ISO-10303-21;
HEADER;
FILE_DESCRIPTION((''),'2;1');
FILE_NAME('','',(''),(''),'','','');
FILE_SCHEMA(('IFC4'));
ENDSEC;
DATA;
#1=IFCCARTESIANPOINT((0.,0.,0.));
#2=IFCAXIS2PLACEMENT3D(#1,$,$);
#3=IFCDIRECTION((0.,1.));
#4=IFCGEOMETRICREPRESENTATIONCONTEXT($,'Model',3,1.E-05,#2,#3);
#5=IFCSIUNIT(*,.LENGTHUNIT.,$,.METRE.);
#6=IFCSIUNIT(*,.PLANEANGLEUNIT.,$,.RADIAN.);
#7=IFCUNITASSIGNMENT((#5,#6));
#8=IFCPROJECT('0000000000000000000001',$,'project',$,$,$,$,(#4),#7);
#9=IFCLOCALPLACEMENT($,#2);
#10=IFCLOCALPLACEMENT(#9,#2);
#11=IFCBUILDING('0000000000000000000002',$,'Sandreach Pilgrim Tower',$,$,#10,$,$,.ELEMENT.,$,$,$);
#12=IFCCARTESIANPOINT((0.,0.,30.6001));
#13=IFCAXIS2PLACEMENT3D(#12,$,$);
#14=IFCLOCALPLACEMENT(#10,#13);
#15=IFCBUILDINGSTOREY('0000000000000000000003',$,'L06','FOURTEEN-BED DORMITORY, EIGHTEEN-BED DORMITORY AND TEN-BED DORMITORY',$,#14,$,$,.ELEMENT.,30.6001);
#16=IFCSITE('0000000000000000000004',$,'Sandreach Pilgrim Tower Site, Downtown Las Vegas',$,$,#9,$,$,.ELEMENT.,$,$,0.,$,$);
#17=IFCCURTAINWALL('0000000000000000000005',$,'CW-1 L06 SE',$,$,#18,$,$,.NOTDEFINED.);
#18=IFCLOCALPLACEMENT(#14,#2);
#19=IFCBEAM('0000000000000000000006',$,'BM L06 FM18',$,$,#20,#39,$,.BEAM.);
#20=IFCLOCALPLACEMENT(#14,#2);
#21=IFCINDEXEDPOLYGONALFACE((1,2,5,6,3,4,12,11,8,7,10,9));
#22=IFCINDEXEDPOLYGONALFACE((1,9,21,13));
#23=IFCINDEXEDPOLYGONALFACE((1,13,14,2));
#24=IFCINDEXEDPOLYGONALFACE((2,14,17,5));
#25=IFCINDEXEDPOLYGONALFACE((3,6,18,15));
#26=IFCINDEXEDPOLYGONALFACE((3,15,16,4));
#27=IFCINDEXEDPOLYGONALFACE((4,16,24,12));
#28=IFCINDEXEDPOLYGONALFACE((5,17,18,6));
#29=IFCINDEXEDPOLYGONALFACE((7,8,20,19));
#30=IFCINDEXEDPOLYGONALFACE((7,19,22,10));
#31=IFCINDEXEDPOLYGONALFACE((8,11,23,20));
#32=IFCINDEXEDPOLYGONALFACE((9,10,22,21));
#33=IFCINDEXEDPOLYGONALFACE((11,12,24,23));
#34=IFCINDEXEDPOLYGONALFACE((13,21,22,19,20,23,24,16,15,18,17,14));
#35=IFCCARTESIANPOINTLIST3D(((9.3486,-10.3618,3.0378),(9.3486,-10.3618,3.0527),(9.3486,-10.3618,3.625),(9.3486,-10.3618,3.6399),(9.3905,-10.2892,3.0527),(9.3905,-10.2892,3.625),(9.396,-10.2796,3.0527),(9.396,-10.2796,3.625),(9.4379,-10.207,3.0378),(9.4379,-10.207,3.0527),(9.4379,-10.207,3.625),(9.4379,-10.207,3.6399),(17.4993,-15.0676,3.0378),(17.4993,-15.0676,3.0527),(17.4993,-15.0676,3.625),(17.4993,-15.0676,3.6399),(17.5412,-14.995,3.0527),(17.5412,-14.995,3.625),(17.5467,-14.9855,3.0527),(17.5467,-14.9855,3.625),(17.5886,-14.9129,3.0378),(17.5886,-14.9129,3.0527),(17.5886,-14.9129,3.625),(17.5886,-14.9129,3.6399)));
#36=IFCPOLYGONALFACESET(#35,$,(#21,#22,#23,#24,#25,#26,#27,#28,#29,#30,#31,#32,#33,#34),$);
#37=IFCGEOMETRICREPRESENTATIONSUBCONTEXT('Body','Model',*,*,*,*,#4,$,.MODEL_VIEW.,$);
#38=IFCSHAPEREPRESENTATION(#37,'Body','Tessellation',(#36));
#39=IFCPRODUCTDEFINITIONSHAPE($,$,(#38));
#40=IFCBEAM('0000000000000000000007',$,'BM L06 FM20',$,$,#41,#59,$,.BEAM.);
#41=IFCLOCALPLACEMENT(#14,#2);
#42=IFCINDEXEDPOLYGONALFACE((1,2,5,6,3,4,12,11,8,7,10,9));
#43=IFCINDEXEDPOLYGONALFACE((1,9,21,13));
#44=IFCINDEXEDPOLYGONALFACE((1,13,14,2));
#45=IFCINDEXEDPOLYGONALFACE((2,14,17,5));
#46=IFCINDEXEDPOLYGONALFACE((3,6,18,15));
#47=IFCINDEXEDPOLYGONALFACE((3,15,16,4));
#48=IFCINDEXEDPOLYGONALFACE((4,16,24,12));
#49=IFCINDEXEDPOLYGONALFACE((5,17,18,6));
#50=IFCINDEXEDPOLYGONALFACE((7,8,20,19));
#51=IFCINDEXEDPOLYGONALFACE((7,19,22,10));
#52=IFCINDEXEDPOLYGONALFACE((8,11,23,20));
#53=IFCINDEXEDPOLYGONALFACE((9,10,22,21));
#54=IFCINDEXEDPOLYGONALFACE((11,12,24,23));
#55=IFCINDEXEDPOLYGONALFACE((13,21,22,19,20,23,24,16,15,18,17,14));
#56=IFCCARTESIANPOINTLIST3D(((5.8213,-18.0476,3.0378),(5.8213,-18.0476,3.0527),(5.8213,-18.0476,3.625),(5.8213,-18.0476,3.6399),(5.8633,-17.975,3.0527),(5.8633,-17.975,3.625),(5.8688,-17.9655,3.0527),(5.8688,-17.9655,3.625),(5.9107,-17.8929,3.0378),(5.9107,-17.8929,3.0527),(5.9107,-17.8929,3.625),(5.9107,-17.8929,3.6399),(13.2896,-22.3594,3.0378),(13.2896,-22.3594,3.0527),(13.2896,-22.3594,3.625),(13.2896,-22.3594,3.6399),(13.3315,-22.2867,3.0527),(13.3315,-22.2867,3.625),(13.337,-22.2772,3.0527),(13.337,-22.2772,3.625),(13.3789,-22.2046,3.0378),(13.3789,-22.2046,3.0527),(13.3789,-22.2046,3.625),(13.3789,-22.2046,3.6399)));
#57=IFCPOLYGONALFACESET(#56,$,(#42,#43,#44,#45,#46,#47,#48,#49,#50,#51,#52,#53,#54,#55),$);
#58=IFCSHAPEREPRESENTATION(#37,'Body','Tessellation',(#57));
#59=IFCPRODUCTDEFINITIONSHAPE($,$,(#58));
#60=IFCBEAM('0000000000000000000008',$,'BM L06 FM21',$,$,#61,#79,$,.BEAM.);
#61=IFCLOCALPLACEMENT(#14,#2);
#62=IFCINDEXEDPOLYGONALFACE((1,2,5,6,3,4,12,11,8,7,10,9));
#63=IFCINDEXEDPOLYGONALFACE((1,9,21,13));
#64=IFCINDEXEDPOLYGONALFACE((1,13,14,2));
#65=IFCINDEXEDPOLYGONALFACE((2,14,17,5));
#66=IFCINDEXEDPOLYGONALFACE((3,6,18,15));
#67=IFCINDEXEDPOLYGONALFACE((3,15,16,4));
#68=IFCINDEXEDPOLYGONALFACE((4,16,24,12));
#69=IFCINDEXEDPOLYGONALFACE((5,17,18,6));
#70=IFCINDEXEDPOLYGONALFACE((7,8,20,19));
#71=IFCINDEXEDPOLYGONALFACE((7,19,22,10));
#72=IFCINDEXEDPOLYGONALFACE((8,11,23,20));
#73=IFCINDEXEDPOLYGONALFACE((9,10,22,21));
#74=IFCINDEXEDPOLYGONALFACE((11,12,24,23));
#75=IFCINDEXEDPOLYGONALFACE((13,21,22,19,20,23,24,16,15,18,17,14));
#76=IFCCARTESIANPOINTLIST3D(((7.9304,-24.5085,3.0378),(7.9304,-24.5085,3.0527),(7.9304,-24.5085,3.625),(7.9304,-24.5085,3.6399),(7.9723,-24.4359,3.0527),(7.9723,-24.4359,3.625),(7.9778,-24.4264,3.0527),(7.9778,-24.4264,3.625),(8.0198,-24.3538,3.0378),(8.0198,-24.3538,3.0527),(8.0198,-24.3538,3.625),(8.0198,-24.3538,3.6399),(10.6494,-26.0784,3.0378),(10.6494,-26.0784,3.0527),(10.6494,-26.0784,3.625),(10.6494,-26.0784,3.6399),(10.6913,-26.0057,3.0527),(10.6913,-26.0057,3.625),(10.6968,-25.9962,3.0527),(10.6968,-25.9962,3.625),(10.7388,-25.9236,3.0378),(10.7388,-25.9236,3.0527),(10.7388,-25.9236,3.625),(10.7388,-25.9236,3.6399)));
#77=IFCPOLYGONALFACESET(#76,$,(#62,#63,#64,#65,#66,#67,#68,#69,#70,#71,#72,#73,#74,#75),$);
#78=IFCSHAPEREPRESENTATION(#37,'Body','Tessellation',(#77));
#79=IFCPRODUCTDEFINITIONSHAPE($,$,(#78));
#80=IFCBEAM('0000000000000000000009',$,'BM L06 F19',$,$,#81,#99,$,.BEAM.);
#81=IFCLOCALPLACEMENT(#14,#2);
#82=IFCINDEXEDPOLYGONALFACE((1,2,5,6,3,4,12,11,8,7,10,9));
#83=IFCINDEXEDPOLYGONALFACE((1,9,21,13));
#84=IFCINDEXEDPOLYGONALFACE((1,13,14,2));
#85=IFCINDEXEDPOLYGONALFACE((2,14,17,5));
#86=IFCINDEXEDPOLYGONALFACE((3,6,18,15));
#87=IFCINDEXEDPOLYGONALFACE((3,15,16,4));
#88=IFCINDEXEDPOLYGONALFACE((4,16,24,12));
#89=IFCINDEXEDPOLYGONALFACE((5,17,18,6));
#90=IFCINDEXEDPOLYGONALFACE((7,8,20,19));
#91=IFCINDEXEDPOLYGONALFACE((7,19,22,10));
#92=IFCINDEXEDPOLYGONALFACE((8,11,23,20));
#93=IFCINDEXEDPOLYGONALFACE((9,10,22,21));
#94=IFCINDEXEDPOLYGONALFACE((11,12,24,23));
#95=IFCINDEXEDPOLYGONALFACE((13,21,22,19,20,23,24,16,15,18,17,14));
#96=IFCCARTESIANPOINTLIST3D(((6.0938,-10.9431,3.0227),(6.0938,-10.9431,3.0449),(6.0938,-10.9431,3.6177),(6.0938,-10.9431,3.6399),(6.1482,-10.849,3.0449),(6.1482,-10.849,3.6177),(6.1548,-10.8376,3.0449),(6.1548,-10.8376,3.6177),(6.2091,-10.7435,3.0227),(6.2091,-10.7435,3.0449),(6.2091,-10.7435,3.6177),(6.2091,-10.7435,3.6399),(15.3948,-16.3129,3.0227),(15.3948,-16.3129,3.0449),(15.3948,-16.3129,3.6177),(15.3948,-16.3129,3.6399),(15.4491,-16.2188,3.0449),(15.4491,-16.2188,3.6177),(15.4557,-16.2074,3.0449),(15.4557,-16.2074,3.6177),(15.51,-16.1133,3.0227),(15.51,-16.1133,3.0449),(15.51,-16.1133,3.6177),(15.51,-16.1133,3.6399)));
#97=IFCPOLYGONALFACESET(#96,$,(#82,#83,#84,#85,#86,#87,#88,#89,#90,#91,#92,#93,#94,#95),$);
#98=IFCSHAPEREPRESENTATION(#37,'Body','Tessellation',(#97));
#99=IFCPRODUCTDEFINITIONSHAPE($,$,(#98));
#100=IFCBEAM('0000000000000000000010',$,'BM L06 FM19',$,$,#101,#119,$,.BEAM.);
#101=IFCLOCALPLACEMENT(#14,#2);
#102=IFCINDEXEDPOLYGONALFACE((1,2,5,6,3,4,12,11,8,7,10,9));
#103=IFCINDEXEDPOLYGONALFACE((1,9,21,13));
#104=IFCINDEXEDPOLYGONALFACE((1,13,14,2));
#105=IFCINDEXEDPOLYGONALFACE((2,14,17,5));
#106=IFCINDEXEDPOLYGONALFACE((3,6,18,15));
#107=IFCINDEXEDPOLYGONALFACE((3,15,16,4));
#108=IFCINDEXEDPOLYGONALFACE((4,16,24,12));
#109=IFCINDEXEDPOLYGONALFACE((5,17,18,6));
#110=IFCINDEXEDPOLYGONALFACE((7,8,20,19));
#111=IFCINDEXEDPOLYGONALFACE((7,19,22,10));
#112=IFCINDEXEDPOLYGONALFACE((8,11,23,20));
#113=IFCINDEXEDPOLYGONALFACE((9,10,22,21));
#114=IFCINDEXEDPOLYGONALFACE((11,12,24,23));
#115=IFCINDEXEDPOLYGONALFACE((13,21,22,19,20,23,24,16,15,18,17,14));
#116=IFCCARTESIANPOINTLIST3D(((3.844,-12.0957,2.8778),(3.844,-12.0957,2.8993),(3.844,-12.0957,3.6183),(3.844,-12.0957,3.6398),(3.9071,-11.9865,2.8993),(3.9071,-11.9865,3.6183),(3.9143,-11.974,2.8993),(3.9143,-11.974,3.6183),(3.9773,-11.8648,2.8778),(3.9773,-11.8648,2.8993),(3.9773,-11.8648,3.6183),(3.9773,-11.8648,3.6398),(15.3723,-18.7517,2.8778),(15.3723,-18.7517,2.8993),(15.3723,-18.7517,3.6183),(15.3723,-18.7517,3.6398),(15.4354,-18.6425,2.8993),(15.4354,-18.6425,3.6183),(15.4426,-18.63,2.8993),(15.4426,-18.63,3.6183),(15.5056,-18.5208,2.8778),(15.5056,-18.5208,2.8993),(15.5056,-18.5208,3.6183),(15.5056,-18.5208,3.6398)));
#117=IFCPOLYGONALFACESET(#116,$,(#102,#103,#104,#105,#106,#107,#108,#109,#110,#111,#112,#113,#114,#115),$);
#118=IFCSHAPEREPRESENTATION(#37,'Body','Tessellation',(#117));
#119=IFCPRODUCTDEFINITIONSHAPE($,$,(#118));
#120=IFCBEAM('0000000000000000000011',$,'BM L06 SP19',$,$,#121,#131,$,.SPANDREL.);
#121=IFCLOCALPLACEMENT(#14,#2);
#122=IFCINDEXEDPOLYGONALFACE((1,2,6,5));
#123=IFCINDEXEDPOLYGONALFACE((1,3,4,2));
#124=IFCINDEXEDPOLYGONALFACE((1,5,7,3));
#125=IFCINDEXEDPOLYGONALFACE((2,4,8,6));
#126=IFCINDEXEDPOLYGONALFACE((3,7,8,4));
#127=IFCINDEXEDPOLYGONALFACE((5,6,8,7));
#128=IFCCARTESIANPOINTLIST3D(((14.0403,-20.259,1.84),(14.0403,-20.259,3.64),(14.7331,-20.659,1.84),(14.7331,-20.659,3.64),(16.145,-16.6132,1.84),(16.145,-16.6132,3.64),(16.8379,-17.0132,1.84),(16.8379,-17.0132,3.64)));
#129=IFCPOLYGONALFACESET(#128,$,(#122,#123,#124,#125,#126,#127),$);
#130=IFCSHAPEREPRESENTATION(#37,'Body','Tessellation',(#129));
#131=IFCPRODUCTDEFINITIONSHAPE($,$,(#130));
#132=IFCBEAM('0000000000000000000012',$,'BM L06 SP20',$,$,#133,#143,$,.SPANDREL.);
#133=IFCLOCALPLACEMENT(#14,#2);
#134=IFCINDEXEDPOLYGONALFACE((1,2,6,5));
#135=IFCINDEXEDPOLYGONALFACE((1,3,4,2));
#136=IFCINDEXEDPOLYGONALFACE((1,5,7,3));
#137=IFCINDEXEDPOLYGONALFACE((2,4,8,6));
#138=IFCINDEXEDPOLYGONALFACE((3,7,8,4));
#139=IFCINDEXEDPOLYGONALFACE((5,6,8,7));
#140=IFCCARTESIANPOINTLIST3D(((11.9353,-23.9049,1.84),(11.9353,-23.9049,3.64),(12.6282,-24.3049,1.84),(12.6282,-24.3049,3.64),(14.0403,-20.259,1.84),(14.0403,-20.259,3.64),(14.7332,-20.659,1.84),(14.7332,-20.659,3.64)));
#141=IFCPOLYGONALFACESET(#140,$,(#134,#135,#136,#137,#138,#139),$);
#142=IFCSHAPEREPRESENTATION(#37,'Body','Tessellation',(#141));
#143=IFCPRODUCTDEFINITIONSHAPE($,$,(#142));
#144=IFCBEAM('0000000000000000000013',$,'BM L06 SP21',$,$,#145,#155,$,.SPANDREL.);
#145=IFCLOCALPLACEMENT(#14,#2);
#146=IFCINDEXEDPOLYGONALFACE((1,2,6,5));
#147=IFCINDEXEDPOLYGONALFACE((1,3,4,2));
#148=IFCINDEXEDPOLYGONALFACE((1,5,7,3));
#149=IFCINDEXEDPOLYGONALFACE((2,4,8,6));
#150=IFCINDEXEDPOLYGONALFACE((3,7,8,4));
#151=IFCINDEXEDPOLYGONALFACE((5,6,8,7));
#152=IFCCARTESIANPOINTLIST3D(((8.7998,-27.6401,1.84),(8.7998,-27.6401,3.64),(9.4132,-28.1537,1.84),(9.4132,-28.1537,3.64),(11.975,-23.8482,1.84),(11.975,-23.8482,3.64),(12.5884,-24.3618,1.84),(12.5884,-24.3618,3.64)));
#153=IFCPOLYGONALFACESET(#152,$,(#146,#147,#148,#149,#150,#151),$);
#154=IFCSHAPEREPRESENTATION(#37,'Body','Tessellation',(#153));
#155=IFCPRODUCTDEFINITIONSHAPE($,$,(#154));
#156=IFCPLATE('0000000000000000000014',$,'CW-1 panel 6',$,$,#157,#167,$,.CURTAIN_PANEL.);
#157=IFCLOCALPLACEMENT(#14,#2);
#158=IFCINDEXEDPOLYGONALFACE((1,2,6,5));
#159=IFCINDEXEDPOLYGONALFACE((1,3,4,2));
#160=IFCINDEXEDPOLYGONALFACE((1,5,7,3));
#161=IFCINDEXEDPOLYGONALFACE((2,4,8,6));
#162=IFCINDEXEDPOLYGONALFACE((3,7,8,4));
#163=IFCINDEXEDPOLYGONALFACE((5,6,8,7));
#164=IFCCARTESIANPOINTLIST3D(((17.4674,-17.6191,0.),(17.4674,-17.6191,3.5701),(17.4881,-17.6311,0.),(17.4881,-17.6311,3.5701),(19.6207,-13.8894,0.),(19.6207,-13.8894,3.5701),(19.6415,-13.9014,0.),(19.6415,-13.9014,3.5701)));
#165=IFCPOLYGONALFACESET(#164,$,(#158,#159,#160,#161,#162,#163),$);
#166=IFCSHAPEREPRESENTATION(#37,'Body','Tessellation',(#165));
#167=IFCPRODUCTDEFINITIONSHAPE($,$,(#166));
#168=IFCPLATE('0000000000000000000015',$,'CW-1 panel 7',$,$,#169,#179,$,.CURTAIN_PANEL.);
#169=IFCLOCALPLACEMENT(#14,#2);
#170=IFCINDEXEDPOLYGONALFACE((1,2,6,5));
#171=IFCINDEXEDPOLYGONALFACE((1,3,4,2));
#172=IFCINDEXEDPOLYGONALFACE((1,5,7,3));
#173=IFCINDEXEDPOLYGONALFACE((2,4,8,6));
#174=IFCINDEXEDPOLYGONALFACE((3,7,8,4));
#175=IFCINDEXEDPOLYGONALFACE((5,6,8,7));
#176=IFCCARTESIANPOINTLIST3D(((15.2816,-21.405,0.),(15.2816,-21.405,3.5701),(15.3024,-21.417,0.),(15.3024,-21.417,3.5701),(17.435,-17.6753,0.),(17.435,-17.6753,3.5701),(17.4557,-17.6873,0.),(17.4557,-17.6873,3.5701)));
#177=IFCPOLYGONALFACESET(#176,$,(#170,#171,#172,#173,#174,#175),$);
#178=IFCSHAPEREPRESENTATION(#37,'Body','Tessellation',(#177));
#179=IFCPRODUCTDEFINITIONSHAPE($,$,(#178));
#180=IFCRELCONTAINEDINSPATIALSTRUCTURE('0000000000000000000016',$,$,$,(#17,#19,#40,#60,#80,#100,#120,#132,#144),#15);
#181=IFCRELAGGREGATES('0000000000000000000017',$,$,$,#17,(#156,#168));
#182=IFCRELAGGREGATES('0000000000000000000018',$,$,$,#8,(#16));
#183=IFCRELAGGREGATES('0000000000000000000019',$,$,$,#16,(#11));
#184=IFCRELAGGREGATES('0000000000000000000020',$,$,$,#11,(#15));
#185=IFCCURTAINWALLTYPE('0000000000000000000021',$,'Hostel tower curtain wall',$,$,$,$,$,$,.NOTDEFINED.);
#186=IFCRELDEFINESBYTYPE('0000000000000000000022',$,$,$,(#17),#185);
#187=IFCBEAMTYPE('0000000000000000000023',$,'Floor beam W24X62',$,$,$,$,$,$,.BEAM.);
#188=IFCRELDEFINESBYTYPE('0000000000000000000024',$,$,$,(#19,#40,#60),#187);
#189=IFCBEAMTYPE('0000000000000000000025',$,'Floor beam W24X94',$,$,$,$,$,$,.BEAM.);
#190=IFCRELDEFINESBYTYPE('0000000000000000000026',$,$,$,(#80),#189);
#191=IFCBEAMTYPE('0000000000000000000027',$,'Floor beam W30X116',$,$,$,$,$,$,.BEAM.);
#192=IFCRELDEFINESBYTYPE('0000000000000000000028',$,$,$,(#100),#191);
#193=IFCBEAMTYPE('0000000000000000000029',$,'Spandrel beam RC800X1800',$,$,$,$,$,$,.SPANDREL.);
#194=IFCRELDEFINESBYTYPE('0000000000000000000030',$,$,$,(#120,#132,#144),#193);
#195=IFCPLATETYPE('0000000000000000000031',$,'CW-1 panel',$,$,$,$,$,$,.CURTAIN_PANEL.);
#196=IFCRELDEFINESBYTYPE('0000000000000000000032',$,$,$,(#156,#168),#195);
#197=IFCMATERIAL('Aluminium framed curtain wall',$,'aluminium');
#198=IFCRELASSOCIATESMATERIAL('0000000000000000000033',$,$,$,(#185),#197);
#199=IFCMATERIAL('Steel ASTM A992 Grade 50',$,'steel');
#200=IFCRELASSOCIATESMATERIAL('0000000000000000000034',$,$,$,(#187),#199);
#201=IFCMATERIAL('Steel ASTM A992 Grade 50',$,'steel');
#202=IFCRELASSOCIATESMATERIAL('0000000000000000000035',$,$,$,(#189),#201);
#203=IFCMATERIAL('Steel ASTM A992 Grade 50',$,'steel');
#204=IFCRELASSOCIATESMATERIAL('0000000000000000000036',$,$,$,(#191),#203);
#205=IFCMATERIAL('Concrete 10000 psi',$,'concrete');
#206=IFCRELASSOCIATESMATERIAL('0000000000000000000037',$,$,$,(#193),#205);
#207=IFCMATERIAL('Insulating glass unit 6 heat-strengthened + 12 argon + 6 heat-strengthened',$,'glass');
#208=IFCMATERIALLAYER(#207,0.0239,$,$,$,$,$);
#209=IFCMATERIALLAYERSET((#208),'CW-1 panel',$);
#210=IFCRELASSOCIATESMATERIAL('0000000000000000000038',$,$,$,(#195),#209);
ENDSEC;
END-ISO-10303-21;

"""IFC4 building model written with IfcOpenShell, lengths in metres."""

from ifc_helpers import new_model, si_unit, direction, frame, origin, origin_2d, place, context, subcontext, project, spatial, rectangle, i_section, extrude, material, layer, layer_set, material_profile, profile_set, type_object, element, aggregate, save


model = new_model("IFC4")

# Units and contexts
model_context = context("Model", 3, precision=1e-05, world=origin(), true_north=direction((0.0, 1.0)))
body_context = subcontext(model_context, "Body", "Model", "MODEL_VIEW")
ifc_project = project(units=[si_unit("LENGTHUNIT", "METRE"), si_unit("PLANEANGLEUNIT", "RADIAN")], contexts=[model_context])

# Site, building, storey
site_placement = place(None, origin())
site = spatial("IfcSite", under=ifc_project, at=site_placement, Name="Sandreach Pilgrim Tower Site, Downtown Las Vegas", CompositionType="ELEMENT", RefElevation=0.0)
building_placement = place(site_placement, origin())
building = spatial("IfcBuilding", under=site, at=building_placement, Name="Sandreach Pilgrim Tower", CompositionType="ELEMENT")
storey_placement = place(building_placement, frame((0.0, 0.0, 30.6001)))
storey = spatial("IfcBuildingStorey", under=building, at=storey_placement, Name="L06", Description="FOURTEEN-BED DORMITORY, EIGHTEEN-BED DORMITORY AND TEN-BED DORMITORY", CompositionType="ELEMENT", Elevation=30.6001)

# Curtain wall
ifc_material_1 = material(Name="Aluminium framed curtain wall", Category="aluminium")
curtain_wall_type = type_object("IfcCurtainWallType", Name="Hostel tower curtain wall", PredefinedType="NOTDEFINED", material=ifc_material_1)
curtain_wall_1_placement = place(storey_placement, origin())
curtain_wall_1 = element("IfcCurtainWall", 1, at=curtain_wall_1_placement, inside=storey, type_object=curtain_wall_type, Name="CW-1 L06 SE", PredefinedType="NOTDEFINED")

# Beams
ifc_material_2 = material(Name="Steel ASTM A992 Grade 50", Category="steel")
ifc_material_profile_1 = material_profile(ifc_material_2, i_section(OverallWidth=0.1787, OverallDepth=0.6021, WebThickness=0.011, FlangeThickness=0.0149, at=origin_2d()), Name="W24X62")
ifc_profile_set_1 = profile_set([ifc_material_profile_1], Name="Steel ASTM A992 Grade 50")
beam_type_1 = type_object("IfcBeamType", Name="Floor beam W24X62", PredefinedType="BEAM", material=ifc_profile_set_1)
beam_1_placement = place(storey_placement, frame((17.5439, -14.9902, 3.3389), z_axis=(-0.866024, 0.500003, 0.0), x_axis=(-0.500003, -0.866024, 0.0)))
element("IfcBeam", 2, at=beam_1_placement, inside=storey, type_object=beam_type_1, Name="BM L06 FM18", PredefinedType="BEAM", context=body_context, shape_type="SweptSolid", body=[
    extrude(i_section(OverallWidth=0.1787, OverallDepth=0.6021, WebThickness=0.011, FlangeThickness=0.0149, at=origin_2d()), origin(), (0.0, 0.0, 1.0), 9.4116),
])
beam_2_placement = place(storey_placement, frame((13.3342, -22.282, 3.3389), z_axis=(-0.866027, 0.499997, 0.0), x_axis=(-0.499997, -0.866027, 0.0)))
element("IfcBeam", 3, at=beam_2_placement, inside=storey, type_object=beam_type_1, Name="BM L06 FM20", PredefinedType="BEAM", context=body_context, shape_type="SweptSolid", body=[
    extrude(i_section(OverallWidth=0.1787, OverallDepth=0.6021, WebThickness=0.011, FlangeThickness=0.0149, at=origin_2d()), origin(), (0.0, 0.0, 1.0), 8.6235),
])
beam_3_placement = place(storey_placement, frame((10.6941, -26.001, 3.3389), z_axis=(-0.866024, 0.500003, 0.0), x_axis=(-0.500003, -0.866024, 0.0)))
element("IfcBeam", 4, at=beam_3_placement, inside=storey, type_object=beam_type_1, Name="BM L06 FM21", PredefinedType="BEAM", context=body_context, shape_type="SweptSolid", body=[
    extrude(i_section(OverallWidth=0.1787, OverallDepth=0.6021, WebThickness=0.011, FlangeThickness=0.0149, at=origin_2d()), origin(), (0.0, 0.0, 1.0), 3.1396),
])
ifc_material_3 = material(Name="Steel ASTM A992 Grade 50", Category="steel")
ifc_material_profile_2 = material_profile(ifc_material_3, i_section(OverallWidth=0.2305, OverallDepth=0.6172, WebThickness=0.0132, FlangeThickness=0.0222, at=origin_2d()), Name="W24X94")
ifc_profile_set_2 = profile_set([ifc_material_profile_2], Name="Steel ASTM A992 Grade 50")
beam_type_2 = type_object("IfcBeamType", Name="Floor beam W24X94", PredefinedType="BEAM", material=ifc_profile_set_2)
beam_4_placement = place(storey_placement, frame((15.4524, -16.2131, 3.3313), z_axis=(-0.866028, 0.499995, 0.0), x_axis=(-0.499995, -0.866028, 0.0)))
element("IfcBeam", 5, at=beam_4_placement, inside=storey, type_object=beam_type_2, Name="BM L06 F19", PredefinedType="BEAM", context=body_context, shape_type="SweptSolid", body=[
    extrude(i_section(OverallWidth=0.2305, OverallDepth=0.6172, WebThickness=0.0132, FlangeThickness=0.0222, at=origin_2d()), origin(), (0.0, 0.0, 1.0), 10.7397),
])
ifc_material_4 = material(Name="Steel ASTM A992 Grade 50", Category="steel")
ifc_material_profile_3 = material_profile(ifc_material_4, i_section(OverallWidth=0.2666, OverallDepth=0.762, WebThickness=0.0144, FlangeThickness=0.0215, at=origin_2d()), Name="W30X116")
ifc_profile_set_3 = profile_set([ifc_material_profile_3], Name="Steel ASTM A992 Grade 50")
beam_type_3 = type_object("IfcBeamType", Name="Floor beam W30X116", PredefinedType="BEAM", material=ifc_profile_set_3)
beam_5_placement = place(storey_placement, frame((15.439, -18.6362, 3.2588), z_axis=(-0.866021, 0.500007, 0.0), x_axis=(-0.500007, -0.866021, 0.0)))
element("IfcBeam", 6, at=beam_5_placement, inside=storey, type_object=beam_type_3, Name="BM L06 FM19", PredefinedType="BEAM", context=body_context, shape_type="SweptSolid", body=[
    extrude(i_section(OverallWidth=0.2666, OverallDepth=0.762, WebThickness=0.0144, FlangeThickness=0.0215, at=origin_2d()), origin(), (0.0, 0.0, 1.0), 13.3118),
])
ifc_material_5 = material(Name="Concrete 10000 psi", Category="concrete")
ifc_material_profile_4 = material_profile(ifc_material_5, rectangle(XDim=0.8, YDim=1.8, at=origin_2d()), Name="RC800X1800")
ifc_profile_set_4 = profile_set([ifc_material_profile_4], Name="Concrete 10000 psi")
beam_type_4 = type_object("IfcBeamType", Name="Spandrel beam RC800X1800", PredefinedType="SPANDREL", material=ifc_profile_set_4)
beam_6_placement = place(storey_placement, frame((16.4915, -16.8132, 2.74), z_axis=(-0.499975, -0.86604, 0.0), x_axis=(0.86604, -0.499975, 0.0)))
element("IfcBeam", 7, at=beam_6_placement, inside=storey, type_object=beam_type_4, Name="BM L06 SP19", PredefinedType="SPANDREL", context=body_context, shape_type="SweptSolid", body=[
    extrude(rectangle(XDim=0.8, YDim=1.8, at=origin_2d()), origin(), (0.0, 0.0, 1.0), 4.2097),
])
beam_7_placement = place(storey_placement, frame((14.3867, -20.459, 2.74), z_axis=(-0.499994, -0.866029, 0.0), x_axis=(0.866029, -0.499994, 0.0)))
element("IfcBeam", 8, at=beam_7_placement, inside=storey, type_object=beam_type_4, Name="BM L06 SP20", PredefinedType="SPANDREL", context=body_context, shape_type="SweptSolid", body=[
    extrude(rectangle(XDim=0.8, YDim=1.8, at=origin_2d()), origin(), (0.0, 0.0, 1.0), 4.21),
])
beam_8_placement = place(storey_placement, frame((12.2817, -24.105, 2.74), z_axis=(-0.642008, -0.766698, 0.0), x_axis=(0.766698, -0.642008, 0.0)))
element("IfcBeam", 9, at=beam_8_placement, inside=storey, type_object=beam_type_4, Name="BM L06 SP21", PredefinedType="SPANDREL", context=body_context, shape_type="SweptSolid", body=[
    extrude(rectangle(XDim=0.8, YDim=1.8, at=origin_2d()), origin(), (0.0, 0.0, 1.0), 4.9458),
])

# Plates
ifc_material_6 = material(Name="Insulating glass unit 6 heat-strengthened + 12 argon + 6 heat-strengthened", Category="glass")
ifc_layer_1 = layer(ifc_material_6, 0.0239)
ifc_layer_set_1 = layer_set([ifc_layer_1], Name="CW-1 panel")
plate_type = type_object("IfcPlateType", Name="CW-1 panel", PredefinedType="CURTAIN_PANEL", material=ifc_layer_set_1)
plate_1_placement = place(storey_placement, frame((18.5544, -15.7603, 0.0), z_axis=(0.0, 0.0, 1.0), x_axis=(-0.5, -0.866025, 0.0)))
plate_1 = element("IfcPlate", 10, at=plate_1_placement, type_object=plate_type, Name="CW-1 panel 6", PredefinedType="CURTAIN_PANEL", context=body_context, shape_type="SweptSolid", body=[
    extrude(rectangle(XDim=4.3066, YDim=0.0239, at=origin_2d()), origin(), (0.0, 0.0, 1.0), 3.5701),
])
plate_2_placement = place(storey_placement, frame((16.3687, -19.5461, 0.0), z_axis=(0.0, 0.0, 1.0), x_axis=(-0.5, -0.866025, 0.0)))
plate_2 = element("IfcPlate", 11, at=plate_2_placement, type_object=plate_type, Name="CW-1 panel 7", PredefinedType="CURTAIN_PANEL", context=body_context, shape_type="SweptSolid", body=[
    extrude(rectangle(XDim=4.3066, YDim=0.0239, at=origin_2d()), origin(), (0.0, 0.0, 1.0), 3.5701),
])
aggregate(curtain_wall_1, [plate_1, plate_2])

save(model, "model.ifc")
